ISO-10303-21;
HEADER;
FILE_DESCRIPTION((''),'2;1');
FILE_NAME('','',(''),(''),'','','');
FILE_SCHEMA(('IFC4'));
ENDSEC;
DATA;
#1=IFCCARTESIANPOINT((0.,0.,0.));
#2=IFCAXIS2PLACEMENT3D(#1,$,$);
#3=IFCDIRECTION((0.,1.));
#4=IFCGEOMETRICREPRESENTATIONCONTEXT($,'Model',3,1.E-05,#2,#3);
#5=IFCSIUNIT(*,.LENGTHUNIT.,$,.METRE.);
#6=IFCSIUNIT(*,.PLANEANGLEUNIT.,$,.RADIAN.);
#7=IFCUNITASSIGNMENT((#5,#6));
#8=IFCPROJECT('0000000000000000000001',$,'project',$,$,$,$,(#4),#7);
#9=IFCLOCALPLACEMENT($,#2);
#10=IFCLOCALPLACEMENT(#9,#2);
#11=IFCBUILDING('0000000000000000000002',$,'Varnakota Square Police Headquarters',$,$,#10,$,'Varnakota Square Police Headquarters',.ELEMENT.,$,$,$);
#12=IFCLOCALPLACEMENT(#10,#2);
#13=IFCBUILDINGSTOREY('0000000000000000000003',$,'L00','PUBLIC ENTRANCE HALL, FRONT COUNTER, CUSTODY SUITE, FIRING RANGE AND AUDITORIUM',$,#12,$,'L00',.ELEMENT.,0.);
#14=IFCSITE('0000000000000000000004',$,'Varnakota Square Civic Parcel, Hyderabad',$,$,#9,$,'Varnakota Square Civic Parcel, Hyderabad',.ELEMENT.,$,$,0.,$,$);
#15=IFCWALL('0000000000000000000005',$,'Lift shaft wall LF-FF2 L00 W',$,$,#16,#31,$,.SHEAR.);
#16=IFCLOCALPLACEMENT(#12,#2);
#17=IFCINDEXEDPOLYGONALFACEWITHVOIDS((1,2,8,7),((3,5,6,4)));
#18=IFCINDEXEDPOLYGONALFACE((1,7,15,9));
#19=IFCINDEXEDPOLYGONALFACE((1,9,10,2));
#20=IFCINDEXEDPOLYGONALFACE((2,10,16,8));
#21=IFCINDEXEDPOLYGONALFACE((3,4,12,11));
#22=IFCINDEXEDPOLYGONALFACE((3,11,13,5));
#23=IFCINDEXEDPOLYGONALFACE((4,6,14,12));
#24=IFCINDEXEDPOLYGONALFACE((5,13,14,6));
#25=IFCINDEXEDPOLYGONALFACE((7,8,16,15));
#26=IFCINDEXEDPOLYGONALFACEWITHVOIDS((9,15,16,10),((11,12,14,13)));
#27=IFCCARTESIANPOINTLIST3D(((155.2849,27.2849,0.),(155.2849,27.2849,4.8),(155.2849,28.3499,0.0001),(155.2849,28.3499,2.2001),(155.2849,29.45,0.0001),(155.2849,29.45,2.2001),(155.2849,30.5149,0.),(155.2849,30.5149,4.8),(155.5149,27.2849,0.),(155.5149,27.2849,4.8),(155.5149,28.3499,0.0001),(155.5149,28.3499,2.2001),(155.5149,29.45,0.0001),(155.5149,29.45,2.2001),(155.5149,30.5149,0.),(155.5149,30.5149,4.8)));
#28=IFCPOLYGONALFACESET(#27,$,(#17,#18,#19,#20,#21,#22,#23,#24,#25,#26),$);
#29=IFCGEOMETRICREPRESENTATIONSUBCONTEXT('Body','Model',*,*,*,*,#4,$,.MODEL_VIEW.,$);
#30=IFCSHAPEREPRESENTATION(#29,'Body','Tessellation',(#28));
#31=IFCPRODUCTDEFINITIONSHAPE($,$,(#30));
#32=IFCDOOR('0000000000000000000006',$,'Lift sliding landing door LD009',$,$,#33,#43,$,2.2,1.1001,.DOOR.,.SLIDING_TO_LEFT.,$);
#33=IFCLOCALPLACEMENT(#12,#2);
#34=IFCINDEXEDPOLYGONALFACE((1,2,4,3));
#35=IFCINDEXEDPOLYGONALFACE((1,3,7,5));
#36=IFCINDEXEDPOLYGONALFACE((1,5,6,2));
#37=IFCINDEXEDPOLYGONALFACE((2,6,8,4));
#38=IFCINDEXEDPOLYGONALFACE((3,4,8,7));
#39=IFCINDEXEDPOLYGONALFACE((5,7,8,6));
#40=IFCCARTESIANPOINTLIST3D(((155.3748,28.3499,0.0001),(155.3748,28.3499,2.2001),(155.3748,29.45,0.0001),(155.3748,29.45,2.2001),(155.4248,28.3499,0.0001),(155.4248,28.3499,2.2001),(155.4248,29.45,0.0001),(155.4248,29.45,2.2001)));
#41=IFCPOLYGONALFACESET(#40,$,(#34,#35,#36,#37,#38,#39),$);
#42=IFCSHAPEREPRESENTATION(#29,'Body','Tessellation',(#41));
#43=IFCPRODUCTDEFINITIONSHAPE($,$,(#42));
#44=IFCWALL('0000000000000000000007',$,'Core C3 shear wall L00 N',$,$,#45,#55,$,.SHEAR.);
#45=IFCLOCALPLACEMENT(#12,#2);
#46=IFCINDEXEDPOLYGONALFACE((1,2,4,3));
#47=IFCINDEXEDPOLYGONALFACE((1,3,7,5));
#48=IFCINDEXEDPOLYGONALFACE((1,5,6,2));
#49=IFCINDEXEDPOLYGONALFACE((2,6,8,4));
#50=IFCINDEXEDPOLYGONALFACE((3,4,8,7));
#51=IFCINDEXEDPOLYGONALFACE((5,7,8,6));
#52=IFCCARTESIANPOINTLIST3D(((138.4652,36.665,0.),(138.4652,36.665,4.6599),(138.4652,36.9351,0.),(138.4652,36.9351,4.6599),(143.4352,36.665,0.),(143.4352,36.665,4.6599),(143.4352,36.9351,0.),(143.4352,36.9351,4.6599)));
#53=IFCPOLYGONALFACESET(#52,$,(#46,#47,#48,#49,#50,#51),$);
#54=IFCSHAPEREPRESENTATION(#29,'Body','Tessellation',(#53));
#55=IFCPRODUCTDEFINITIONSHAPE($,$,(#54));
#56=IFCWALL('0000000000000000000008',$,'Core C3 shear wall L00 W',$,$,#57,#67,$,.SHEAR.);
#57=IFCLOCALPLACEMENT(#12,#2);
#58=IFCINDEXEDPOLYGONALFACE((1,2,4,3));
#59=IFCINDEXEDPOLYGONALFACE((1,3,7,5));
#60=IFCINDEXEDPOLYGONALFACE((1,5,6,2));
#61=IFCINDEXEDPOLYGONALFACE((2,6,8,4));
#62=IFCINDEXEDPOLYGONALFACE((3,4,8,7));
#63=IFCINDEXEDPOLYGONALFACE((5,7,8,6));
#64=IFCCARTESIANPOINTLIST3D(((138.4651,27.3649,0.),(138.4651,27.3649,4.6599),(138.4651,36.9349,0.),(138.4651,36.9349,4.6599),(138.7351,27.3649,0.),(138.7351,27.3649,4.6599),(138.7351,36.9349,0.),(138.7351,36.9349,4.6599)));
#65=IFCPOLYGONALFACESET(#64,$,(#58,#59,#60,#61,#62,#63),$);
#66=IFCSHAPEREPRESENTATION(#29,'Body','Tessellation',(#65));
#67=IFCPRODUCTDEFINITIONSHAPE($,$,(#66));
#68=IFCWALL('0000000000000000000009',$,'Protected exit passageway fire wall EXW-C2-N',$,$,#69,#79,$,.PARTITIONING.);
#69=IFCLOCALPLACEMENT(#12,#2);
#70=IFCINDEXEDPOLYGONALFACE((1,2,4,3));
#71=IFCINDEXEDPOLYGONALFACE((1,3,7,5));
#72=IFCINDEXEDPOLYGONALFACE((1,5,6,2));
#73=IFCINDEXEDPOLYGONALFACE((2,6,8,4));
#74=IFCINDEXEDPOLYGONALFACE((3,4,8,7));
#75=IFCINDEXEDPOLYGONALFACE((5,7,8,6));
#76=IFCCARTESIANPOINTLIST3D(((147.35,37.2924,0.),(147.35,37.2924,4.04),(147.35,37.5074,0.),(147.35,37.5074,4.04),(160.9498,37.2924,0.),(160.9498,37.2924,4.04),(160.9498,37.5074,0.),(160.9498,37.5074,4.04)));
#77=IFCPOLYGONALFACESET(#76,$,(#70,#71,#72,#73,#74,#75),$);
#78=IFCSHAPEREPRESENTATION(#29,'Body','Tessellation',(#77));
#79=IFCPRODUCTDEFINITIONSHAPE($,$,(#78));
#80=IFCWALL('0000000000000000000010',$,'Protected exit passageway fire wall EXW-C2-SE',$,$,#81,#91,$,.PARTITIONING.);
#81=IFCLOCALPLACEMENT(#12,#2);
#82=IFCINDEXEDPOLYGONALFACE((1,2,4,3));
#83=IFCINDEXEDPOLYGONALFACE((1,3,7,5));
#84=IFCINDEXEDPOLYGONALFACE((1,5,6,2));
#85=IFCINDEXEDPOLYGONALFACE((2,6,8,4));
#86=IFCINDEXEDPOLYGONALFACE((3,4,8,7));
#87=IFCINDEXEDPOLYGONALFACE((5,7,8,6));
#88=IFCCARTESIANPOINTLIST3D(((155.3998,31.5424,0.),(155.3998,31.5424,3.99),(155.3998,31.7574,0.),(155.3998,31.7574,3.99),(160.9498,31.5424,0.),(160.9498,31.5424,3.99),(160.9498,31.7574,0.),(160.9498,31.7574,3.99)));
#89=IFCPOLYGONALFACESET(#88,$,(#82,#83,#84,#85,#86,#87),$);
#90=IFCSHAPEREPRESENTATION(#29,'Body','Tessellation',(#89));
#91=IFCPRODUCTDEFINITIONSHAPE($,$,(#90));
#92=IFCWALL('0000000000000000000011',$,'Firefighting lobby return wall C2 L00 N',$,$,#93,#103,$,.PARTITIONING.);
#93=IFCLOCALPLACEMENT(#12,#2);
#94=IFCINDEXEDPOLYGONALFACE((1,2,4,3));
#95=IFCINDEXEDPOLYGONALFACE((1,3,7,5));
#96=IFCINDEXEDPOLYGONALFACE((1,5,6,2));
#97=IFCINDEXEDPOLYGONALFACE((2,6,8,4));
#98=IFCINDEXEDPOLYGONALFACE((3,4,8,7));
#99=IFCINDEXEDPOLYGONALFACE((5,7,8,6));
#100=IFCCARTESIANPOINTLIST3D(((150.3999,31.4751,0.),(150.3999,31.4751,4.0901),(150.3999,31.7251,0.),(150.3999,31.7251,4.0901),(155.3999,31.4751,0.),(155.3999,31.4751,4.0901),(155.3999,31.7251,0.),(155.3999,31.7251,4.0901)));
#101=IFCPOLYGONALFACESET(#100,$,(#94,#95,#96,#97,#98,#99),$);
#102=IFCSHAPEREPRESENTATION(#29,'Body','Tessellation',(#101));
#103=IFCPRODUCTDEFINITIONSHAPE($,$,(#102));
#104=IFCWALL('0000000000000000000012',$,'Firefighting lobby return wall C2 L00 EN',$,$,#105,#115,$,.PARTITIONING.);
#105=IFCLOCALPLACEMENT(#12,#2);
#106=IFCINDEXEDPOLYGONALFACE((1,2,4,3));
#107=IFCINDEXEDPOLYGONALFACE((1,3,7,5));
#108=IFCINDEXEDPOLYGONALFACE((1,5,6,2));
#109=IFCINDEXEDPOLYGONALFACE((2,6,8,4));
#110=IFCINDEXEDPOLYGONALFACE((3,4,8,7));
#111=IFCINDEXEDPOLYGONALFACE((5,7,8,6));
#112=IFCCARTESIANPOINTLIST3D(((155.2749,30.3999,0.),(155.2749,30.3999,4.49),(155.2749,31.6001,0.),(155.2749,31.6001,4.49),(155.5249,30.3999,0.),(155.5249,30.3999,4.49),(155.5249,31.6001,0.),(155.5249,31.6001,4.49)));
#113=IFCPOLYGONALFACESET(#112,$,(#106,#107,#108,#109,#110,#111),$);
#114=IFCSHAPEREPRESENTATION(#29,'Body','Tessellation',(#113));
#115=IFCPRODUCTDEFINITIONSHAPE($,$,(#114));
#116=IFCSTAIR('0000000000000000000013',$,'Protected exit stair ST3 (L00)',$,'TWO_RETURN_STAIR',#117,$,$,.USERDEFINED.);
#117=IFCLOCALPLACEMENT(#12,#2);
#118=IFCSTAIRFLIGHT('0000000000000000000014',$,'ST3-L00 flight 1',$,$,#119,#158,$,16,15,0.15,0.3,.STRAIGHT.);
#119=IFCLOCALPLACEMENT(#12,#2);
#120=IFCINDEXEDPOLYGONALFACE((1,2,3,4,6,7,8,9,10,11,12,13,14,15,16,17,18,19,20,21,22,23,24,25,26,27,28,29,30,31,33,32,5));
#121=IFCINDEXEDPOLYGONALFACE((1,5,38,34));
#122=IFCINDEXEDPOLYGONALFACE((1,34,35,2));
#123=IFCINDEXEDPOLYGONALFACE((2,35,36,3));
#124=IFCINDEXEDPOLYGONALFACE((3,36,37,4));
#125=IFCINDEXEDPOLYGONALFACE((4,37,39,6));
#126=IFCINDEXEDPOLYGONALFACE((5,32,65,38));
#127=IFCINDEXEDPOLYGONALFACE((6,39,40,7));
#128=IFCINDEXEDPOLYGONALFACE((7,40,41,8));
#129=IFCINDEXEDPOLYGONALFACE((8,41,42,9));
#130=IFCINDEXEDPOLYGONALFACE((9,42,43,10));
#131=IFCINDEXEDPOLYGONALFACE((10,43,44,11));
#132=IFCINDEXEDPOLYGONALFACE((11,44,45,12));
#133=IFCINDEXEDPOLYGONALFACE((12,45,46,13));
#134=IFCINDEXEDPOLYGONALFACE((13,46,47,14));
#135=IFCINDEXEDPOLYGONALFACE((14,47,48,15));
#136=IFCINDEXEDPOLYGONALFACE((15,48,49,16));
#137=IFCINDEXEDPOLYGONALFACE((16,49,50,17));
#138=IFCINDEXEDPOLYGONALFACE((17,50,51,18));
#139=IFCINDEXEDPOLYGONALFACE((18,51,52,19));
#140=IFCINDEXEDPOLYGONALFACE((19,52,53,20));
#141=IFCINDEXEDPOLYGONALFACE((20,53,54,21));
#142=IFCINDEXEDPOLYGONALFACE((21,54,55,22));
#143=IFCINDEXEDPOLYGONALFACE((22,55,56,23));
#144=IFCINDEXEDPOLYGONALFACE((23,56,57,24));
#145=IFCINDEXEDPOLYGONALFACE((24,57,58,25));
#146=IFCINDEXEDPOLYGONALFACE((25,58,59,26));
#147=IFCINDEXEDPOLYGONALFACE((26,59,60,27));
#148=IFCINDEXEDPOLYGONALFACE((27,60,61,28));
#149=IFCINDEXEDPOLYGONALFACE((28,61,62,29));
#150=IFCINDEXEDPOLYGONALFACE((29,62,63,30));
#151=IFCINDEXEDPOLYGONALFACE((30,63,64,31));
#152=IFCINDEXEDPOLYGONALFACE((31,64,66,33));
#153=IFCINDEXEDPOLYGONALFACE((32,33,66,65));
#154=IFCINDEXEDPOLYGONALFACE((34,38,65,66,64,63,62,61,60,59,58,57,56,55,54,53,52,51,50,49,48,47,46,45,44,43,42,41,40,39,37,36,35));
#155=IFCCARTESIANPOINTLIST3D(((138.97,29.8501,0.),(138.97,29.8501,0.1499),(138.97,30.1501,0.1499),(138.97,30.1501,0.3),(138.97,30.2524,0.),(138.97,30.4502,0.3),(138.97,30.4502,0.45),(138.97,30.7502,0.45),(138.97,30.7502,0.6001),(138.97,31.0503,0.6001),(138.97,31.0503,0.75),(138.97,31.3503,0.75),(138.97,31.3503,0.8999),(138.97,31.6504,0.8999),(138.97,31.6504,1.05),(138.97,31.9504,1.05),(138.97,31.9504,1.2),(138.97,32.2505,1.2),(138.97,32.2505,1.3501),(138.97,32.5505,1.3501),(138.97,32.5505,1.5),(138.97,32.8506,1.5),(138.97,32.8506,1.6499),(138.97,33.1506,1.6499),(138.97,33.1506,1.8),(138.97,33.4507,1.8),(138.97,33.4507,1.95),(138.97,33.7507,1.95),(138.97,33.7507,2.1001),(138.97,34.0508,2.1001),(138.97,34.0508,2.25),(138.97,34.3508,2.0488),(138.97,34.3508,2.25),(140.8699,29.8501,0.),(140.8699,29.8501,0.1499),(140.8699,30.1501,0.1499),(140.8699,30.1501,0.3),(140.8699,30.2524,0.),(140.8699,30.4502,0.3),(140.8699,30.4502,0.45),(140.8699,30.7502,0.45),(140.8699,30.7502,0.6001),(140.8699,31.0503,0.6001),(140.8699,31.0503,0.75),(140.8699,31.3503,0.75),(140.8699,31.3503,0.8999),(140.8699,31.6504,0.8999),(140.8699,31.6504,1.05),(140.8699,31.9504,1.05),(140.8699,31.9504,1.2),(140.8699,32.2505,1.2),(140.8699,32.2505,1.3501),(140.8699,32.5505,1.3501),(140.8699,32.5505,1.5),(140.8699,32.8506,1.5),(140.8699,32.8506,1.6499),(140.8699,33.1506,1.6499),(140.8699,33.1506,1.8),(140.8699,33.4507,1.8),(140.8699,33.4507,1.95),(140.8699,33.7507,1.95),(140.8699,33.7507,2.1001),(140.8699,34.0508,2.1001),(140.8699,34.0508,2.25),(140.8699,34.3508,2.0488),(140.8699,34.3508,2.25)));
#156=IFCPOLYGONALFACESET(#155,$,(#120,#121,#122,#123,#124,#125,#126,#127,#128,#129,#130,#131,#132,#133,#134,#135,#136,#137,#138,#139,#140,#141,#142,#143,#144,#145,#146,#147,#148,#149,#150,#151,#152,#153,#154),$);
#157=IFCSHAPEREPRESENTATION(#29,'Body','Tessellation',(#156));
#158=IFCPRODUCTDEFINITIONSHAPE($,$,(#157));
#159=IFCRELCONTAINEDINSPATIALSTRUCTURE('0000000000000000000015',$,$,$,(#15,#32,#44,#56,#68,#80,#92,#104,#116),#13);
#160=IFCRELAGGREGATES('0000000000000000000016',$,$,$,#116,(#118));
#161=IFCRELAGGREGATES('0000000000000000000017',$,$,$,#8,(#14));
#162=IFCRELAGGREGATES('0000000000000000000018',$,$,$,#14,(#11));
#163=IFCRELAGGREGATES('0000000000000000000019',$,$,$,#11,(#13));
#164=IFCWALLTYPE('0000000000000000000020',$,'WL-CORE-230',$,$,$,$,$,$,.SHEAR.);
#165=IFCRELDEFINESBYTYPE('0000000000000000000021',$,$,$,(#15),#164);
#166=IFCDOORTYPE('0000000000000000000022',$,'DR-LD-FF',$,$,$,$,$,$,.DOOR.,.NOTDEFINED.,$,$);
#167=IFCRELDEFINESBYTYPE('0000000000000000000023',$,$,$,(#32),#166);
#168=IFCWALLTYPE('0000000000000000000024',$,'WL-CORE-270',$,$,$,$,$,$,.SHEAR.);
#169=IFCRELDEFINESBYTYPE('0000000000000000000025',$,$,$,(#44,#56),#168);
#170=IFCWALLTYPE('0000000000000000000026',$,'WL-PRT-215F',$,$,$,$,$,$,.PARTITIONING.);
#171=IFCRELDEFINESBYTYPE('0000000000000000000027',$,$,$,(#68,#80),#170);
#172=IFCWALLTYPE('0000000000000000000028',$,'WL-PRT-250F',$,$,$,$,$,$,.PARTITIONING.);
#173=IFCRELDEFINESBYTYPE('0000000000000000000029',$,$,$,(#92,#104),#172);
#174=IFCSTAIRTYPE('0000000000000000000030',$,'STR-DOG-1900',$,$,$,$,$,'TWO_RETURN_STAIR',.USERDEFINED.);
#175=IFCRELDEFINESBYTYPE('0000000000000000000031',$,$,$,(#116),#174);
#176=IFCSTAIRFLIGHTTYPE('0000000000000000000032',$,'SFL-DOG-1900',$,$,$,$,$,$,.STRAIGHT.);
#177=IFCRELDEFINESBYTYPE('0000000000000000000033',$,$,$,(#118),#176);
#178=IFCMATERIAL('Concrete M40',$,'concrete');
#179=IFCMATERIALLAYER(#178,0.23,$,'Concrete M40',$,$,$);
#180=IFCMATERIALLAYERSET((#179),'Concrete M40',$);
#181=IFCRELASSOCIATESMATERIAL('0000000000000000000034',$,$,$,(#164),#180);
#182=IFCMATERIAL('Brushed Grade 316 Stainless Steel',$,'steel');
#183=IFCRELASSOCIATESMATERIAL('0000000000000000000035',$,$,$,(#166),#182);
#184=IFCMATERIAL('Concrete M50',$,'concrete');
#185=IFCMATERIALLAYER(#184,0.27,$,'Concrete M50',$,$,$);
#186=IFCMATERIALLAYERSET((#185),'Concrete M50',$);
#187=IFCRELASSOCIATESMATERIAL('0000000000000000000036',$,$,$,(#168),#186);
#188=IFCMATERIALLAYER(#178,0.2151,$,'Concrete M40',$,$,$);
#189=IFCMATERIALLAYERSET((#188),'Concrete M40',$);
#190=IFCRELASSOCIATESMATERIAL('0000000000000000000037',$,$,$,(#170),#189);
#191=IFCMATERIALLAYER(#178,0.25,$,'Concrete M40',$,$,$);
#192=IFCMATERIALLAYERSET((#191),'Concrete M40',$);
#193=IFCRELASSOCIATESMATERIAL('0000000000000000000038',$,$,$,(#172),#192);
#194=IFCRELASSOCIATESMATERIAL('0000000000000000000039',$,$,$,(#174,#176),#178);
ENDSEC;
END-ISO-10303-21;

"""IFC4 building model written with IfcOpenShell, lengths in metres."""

from ifc_helpers import new_model, si_unit, direction, frame, frame_2d, origin, place, context, subcontext, project, spatial, polyline, rectangle, outline, extrude, material, layer, layer_set, type_object, element, fill, aggregate, save


model = new_model("IFC4")

# Units and contexts
model_context = context("Model", 3, precision=1e-05, world=origin(), true_north=direction((0.0, 1.0)))
body_context = subcontext(model_context, "Body", "Model", "MODEL_VIEW")
ifc_project = project(units=[si_unit("LENGTHUNIT", "METRE"), si_unit("PLANEANGLEUNIT", "RADIAN")], contexts=[model_context])

# Site, building, storey
site_placement = place(None, origin())
site = spatial("IfcSite", under=ifc_project, at=site_placement, Name="Varnakota Square Civic Parcel, Hyderabad", LongName="Varnakota Square Civic Parcel, Hyderabad", CompositionType="ELEMENT", RefElevation=0.0)
building_placement = place(site_placement, origin())
building = spatial("IfcBuilding", under=site, at=building_placement, Name="Varnakota Square Police Headquarters", LongName="Varnakota Square Police Headquarters", CompositionType="ELEMENT")
storey_placement = place(building_placement, origin())
storey = spatial("IfcBuildingStorey", under=building, at=storey_placement, Name="L00", Description="PUBLIC ENTRANCE HALL, FRONT COUNTER, CUSTODY SUITE, FIRING RANGE AND AUDITORIUM", LongName="L00", CompositionType="ELEMENT", Elevation=0.0)

# Shared definitions
ifc_material_1 = material(Name="Concrete M50", Category="concrete")

# Wall, opening, door
ifc_material_2 = material(Name="Concrete M40", Category="concrete")
ifc_layer_1 = layer(ifc_material_2, 0.23, Name="Concrete M40")
ifc_layer_set_1 = layer_set([ifc_layer_1], Name="Concrete M40")
wall_type_1 = type_object("IfcWallType", Name="WL-CORE-230", PredefinedType="SHEAR", material=ifc_layer_set_1)
wall_1_placement = place(storey_placement, frame((155.3999, 30.5149, 0.0), z_axis=(0.0, 0.0, 1.0), x_axis=(0.0, -1.0, 0.0)))
wall_1 = element("IfcWall", 1, at=wall_1_placement, inside=storey, type_object=wall_type_1, Name="Lift shaft wall LF-FF2 L00 W", PredefinedType="SHEAR", context=body_context, shape_type="SweptSolid", body=[
    extrude(rectangle(XDim=3.23, YDim=0.23, at=frame_2d((1.615, 0.0))), origin(), (0.0, 0.0, 1.0), 4.8),
])
opening_placement = place(wall_1_placement, frame((1.0649, 0.0, 0.0)))
opening = element("IfcOpeningElement", 2, at=opening_placement, cuts=wall_1, PredefinedType="OPENING", context=body_context, shape_type="SweptSolid", body=[
    extrude(rectangle(XDim=1.1001, YDim=2.2, at=frame_2d((0.55, 1.1001))), frame((0.0, 0.125, 0.0), z_axis=(0.0, -1.0, 0.0), x_axis=(1.0, 0.0, 0.0)), (0.0, 0.0, 1.0), 0.25),
])
ifc_material_3 = material(Name="Brushed Grade 316 Stainless Steel", Category="steel")
door_type = type_object("IfcDoorType", Name="DR-LD-FF", OperationType="NOTDEFINED", PredefinedType="DOOR", material=ifc_material_3)
door_placement = place(opening_placement, origin())
door = element("IfcDoor", 3, at=door_placement, inside=storey, type_object=door_type, Name="Lift sliding landing door LD009", OperationType="SLIDING_TO_LEFT", OverallHeight=2.2, OverallWidth=1.1001, PredefinedType="DOOR", context=body_context, shape_type="SweptSolid", body=[
    extrude(rectangle(XDim=1.1001, YDim=2.2, at=frame_2d((0.55, 1.1001))), frame((0.0, 0.0249, 0.0), z_axis=(0.0, -1.0, 0.0), x_axis=(1.0, 0.0, 0.0)), (0.0, 0.0, 1.0), 0.05),
])
fill(opening, door)

# Walls
ifc_layer_2 = layer(ifc_material_1, 0.27, Name="Concrete M50")
ifc_layer_set_2 = layer_set([ifc_layer_2], Name="Concrete M50")
wall_type_2 = type_object("IfcWallType", Name="WL-CORE-270", PredefinedType="SHEAR", material=ifc_layer_set_2)
wall_2_placement = place(storey_placement, frame((143.4351, 36.8, 0.0), z_axis=(0.0, 0.0, 1.0), x_axis=(-1.0, 0.0, 0.0)))
element("IfcWall", 4, at=wall_2_placement, inside=storey, type_object=wall_type_2, Name="Core C3 shear wall L00 N", PredefinedType="SHEAR", context=body_context, shape_type="SweptSolid", body=[
    extrude(rectangle(XDim=4.97, YDim=0.27, at=frame_2d((2.4849, 0.0))), origin(), (0.0, 0.0, 1.0), 4.6599),
])
wall_3_placement = place(storey_placement, frame((138.6001, 36.9351, 0.0), z_axis=(0.0, 0.0, 1.0), x_axis=(0.0, -1.0, 0.0)))
element("IfcWall", 5, at=wall_3_placement, inside=storey, type_object=wall_type_2, Name="Core C3 shear wall L00 W", PredefinedType="SHEAR", context=body_context, shape_type="SweptSolid", body=[
    extrude(rectangle(XDim=9.5701, YDim=0.27, at=frame_2d((4.7852, 0.0))), origin(), (0.0, 0.0, 1.0), 4.6599),
])
ifc_layer_3 = layer(ifc_material_2, 0.2151, Name="Concrete M40")
ifc_layer_set_3 = layer_set([ifc_layer_3], Name="Concrete M40")
wall_type_3 = type_object("IfcWallType", Name="WL-PRT-215F", PredefinedType="PARTITIONING", material=ifc_layer_set_3)
wall_4_placement = place(storey_placement, frame((147.3501, 37.3999, 0.0), z_axis=(0.0, 0.0, 1.0), x_axis=(1.0, 0.0, 0.0)))
element("IfcWall", 6, at=wall_4_placement, inside=storey, type_object=wall_type_3, Name="Protected exit passageway fire wall EXW-C2-N", PredefinedType="PARTITIONING", context=body_context, shape_type="SweptSolid", body=[
    extrude(rectangle(XDim=13.5999, YDim=0.2151, at=frame_2d((6.7998, 0.0))), origin(), (0.0, 0.0, 1.0), 4.04),
])
wall_5_placement = place(storey_placement, frame((155.3999, 31.6499, 0.0), z_axis=(0.0, 0.0, 1.0), x_axis=(1.0, 0.0, 0.0)))
element("IfcWall", 7, at=wall_5_placement, inside=storey, type_object=wall_type_3, Name="Protected exit passageway fire wall EXW-C2-SE", PredefinedType="PARTITIONING", context=body_context, shape_type="SweptSolid", body=[
    extrude(rectangle(XDim=5.55, YDim=0.2151, at=frame_2d((2.7749, 0.0))), origin(), (0.0, 0.0, 1.0), 3.99),
])
ifc_layer_4 = layer(ifc_material_2, 0.25, Name="Concrete M40")
ifc_layer_set_4 = layer_set([ifc_layer_4], Name="Concrete M40")
wall_type_4 = type_object("IfcWallType", Name="WL-PRT-250F", PredefinedType="PARTITIONING", material=ifc_layer_set_4)
wall_6_placement = place(storey_placement, frame((150.3999, 31.6001, 0.0), z_axis=(0.0, 0.0, 1.0), x_axis=(1.0, 0.0, 0.0)))
element("IfcWall", 8, at=wall_6_placement, inside=storey, type_object=wall_type_4, Name="Firefighting lobby return wall C2 L00 N", PredefinedType="PARTITIONING", context=body_context, shape_type="SweptSolid", body=[
    extrude(rectangle(XDim=5.0, YDim=0.25, at=frame_2d((2.5, 0.0))), origin(), (0.0, 0.0, 1.0), 4.0901),
])
wall_7_placement = place(storey_placement, frame((155.3999, 30.3999, 0.0), z_axis=(0.0, 0.0, 1.0), x_axis=(0.0, 1.0, 0.0)))
element("IfcWall", 9, at=wall_7_placement, inside=storey, type_object=wall_type_4, Name="Firefighting lobby return wall C2 L00 EN", PredefinedType="PARTITIONING", context=body_context, shape_type="SweptSolid", body=[
    extrude(rectangle(XDim=1.2002, YDim=0.25, at=frame_2d((0.6001, 0.0))), origin(), (0.0, 0.0, 1.0), 4.49),
])

# Stair, stair flight
stair_type = type_object("IfcStairType", Name="STR-DOG-1900", ElementType="TWO_RETURN_STAIR", PredefinedType="USERDEFINED", material=ifc_material_2)
stair_placement = place(storey_placement, origin())
stair = element("IfcStair", 10, at=stair_placement, inside=storey, type_object=stair_type, Name="Protected exit stair ST3 (L00)", ObjectType="TWO_RETURN_STAIR", PredefinedType="USERDEFINED")
stair_flight_type = type_object("IfcStairFlightType", Name="SFL-DOG-1900", PredefinedType="STRAIGHT", material=ifc_material_2)
stair_flight_1_placement = place(storey_placement, frame((139.9199, 29.8501, 0.0), z_axis=(0.0, 0.0, 1.0), x_axis=(0.0, 1.0, 0.0)))
stair_flight_1 = element("IfcStairFlight", 11, at=stair_flight_1_placement, type_object=stair_flight_type, Name="ST3-L00 flight 1", NumberOfRisers=16, NumberOfTreads=15, PredefinedType="STRAIGHT", RiserHeight=0.15, TreadLength=0.3, context=body_context, shape_type="SweptSolid", body=[
    extrude(outline(polyline([(0.0, 0.0), (0.0, 0.1499), (0.3, 0.1499), (0.3, 0.3), (0.6001, 0.3), (0.6001, 0.45), (0.9001, 0.45), (0.9001, 0.6001), (1.2002, 0.6001), (1.2002, 0.75), (1.5002, 0.75), (1.5002, 0.8999), (1.8003, 0.8999), (1.8003, 1.05), (2.1003, 1.05), (2.1003, 1.2), (2.4004, 1.2), (2.4004, 1.3501), (2.7004, 1.3501), (2.7004, 1.5), (3.0005, 1.5), (3.0005, 1.6499), (3.3005, 1.6499), (3.3005, 1.8), (3.6006, 1.8), (3.6006, 1.95), (3.9006, 1.95), (3.9006, 2.1001), (4.2007, 2.1001), (4.2007, 2.25), (4.5007, 2.25), (4.5007, 2.3999), (4.5007, 2.0488), (0.4023, 0.0), (0.0, 0.0)])), frame((0.0, 0.95, 0.0), z_axis=(0.0, -1.0, 0.0), x_axis=(1.0, 0.0, 0.0)), (0.0, 0.0, 1.0), 1.8999),
])
aggregate(stair, [stair_flight_1])

save(model, "model.ifc")
